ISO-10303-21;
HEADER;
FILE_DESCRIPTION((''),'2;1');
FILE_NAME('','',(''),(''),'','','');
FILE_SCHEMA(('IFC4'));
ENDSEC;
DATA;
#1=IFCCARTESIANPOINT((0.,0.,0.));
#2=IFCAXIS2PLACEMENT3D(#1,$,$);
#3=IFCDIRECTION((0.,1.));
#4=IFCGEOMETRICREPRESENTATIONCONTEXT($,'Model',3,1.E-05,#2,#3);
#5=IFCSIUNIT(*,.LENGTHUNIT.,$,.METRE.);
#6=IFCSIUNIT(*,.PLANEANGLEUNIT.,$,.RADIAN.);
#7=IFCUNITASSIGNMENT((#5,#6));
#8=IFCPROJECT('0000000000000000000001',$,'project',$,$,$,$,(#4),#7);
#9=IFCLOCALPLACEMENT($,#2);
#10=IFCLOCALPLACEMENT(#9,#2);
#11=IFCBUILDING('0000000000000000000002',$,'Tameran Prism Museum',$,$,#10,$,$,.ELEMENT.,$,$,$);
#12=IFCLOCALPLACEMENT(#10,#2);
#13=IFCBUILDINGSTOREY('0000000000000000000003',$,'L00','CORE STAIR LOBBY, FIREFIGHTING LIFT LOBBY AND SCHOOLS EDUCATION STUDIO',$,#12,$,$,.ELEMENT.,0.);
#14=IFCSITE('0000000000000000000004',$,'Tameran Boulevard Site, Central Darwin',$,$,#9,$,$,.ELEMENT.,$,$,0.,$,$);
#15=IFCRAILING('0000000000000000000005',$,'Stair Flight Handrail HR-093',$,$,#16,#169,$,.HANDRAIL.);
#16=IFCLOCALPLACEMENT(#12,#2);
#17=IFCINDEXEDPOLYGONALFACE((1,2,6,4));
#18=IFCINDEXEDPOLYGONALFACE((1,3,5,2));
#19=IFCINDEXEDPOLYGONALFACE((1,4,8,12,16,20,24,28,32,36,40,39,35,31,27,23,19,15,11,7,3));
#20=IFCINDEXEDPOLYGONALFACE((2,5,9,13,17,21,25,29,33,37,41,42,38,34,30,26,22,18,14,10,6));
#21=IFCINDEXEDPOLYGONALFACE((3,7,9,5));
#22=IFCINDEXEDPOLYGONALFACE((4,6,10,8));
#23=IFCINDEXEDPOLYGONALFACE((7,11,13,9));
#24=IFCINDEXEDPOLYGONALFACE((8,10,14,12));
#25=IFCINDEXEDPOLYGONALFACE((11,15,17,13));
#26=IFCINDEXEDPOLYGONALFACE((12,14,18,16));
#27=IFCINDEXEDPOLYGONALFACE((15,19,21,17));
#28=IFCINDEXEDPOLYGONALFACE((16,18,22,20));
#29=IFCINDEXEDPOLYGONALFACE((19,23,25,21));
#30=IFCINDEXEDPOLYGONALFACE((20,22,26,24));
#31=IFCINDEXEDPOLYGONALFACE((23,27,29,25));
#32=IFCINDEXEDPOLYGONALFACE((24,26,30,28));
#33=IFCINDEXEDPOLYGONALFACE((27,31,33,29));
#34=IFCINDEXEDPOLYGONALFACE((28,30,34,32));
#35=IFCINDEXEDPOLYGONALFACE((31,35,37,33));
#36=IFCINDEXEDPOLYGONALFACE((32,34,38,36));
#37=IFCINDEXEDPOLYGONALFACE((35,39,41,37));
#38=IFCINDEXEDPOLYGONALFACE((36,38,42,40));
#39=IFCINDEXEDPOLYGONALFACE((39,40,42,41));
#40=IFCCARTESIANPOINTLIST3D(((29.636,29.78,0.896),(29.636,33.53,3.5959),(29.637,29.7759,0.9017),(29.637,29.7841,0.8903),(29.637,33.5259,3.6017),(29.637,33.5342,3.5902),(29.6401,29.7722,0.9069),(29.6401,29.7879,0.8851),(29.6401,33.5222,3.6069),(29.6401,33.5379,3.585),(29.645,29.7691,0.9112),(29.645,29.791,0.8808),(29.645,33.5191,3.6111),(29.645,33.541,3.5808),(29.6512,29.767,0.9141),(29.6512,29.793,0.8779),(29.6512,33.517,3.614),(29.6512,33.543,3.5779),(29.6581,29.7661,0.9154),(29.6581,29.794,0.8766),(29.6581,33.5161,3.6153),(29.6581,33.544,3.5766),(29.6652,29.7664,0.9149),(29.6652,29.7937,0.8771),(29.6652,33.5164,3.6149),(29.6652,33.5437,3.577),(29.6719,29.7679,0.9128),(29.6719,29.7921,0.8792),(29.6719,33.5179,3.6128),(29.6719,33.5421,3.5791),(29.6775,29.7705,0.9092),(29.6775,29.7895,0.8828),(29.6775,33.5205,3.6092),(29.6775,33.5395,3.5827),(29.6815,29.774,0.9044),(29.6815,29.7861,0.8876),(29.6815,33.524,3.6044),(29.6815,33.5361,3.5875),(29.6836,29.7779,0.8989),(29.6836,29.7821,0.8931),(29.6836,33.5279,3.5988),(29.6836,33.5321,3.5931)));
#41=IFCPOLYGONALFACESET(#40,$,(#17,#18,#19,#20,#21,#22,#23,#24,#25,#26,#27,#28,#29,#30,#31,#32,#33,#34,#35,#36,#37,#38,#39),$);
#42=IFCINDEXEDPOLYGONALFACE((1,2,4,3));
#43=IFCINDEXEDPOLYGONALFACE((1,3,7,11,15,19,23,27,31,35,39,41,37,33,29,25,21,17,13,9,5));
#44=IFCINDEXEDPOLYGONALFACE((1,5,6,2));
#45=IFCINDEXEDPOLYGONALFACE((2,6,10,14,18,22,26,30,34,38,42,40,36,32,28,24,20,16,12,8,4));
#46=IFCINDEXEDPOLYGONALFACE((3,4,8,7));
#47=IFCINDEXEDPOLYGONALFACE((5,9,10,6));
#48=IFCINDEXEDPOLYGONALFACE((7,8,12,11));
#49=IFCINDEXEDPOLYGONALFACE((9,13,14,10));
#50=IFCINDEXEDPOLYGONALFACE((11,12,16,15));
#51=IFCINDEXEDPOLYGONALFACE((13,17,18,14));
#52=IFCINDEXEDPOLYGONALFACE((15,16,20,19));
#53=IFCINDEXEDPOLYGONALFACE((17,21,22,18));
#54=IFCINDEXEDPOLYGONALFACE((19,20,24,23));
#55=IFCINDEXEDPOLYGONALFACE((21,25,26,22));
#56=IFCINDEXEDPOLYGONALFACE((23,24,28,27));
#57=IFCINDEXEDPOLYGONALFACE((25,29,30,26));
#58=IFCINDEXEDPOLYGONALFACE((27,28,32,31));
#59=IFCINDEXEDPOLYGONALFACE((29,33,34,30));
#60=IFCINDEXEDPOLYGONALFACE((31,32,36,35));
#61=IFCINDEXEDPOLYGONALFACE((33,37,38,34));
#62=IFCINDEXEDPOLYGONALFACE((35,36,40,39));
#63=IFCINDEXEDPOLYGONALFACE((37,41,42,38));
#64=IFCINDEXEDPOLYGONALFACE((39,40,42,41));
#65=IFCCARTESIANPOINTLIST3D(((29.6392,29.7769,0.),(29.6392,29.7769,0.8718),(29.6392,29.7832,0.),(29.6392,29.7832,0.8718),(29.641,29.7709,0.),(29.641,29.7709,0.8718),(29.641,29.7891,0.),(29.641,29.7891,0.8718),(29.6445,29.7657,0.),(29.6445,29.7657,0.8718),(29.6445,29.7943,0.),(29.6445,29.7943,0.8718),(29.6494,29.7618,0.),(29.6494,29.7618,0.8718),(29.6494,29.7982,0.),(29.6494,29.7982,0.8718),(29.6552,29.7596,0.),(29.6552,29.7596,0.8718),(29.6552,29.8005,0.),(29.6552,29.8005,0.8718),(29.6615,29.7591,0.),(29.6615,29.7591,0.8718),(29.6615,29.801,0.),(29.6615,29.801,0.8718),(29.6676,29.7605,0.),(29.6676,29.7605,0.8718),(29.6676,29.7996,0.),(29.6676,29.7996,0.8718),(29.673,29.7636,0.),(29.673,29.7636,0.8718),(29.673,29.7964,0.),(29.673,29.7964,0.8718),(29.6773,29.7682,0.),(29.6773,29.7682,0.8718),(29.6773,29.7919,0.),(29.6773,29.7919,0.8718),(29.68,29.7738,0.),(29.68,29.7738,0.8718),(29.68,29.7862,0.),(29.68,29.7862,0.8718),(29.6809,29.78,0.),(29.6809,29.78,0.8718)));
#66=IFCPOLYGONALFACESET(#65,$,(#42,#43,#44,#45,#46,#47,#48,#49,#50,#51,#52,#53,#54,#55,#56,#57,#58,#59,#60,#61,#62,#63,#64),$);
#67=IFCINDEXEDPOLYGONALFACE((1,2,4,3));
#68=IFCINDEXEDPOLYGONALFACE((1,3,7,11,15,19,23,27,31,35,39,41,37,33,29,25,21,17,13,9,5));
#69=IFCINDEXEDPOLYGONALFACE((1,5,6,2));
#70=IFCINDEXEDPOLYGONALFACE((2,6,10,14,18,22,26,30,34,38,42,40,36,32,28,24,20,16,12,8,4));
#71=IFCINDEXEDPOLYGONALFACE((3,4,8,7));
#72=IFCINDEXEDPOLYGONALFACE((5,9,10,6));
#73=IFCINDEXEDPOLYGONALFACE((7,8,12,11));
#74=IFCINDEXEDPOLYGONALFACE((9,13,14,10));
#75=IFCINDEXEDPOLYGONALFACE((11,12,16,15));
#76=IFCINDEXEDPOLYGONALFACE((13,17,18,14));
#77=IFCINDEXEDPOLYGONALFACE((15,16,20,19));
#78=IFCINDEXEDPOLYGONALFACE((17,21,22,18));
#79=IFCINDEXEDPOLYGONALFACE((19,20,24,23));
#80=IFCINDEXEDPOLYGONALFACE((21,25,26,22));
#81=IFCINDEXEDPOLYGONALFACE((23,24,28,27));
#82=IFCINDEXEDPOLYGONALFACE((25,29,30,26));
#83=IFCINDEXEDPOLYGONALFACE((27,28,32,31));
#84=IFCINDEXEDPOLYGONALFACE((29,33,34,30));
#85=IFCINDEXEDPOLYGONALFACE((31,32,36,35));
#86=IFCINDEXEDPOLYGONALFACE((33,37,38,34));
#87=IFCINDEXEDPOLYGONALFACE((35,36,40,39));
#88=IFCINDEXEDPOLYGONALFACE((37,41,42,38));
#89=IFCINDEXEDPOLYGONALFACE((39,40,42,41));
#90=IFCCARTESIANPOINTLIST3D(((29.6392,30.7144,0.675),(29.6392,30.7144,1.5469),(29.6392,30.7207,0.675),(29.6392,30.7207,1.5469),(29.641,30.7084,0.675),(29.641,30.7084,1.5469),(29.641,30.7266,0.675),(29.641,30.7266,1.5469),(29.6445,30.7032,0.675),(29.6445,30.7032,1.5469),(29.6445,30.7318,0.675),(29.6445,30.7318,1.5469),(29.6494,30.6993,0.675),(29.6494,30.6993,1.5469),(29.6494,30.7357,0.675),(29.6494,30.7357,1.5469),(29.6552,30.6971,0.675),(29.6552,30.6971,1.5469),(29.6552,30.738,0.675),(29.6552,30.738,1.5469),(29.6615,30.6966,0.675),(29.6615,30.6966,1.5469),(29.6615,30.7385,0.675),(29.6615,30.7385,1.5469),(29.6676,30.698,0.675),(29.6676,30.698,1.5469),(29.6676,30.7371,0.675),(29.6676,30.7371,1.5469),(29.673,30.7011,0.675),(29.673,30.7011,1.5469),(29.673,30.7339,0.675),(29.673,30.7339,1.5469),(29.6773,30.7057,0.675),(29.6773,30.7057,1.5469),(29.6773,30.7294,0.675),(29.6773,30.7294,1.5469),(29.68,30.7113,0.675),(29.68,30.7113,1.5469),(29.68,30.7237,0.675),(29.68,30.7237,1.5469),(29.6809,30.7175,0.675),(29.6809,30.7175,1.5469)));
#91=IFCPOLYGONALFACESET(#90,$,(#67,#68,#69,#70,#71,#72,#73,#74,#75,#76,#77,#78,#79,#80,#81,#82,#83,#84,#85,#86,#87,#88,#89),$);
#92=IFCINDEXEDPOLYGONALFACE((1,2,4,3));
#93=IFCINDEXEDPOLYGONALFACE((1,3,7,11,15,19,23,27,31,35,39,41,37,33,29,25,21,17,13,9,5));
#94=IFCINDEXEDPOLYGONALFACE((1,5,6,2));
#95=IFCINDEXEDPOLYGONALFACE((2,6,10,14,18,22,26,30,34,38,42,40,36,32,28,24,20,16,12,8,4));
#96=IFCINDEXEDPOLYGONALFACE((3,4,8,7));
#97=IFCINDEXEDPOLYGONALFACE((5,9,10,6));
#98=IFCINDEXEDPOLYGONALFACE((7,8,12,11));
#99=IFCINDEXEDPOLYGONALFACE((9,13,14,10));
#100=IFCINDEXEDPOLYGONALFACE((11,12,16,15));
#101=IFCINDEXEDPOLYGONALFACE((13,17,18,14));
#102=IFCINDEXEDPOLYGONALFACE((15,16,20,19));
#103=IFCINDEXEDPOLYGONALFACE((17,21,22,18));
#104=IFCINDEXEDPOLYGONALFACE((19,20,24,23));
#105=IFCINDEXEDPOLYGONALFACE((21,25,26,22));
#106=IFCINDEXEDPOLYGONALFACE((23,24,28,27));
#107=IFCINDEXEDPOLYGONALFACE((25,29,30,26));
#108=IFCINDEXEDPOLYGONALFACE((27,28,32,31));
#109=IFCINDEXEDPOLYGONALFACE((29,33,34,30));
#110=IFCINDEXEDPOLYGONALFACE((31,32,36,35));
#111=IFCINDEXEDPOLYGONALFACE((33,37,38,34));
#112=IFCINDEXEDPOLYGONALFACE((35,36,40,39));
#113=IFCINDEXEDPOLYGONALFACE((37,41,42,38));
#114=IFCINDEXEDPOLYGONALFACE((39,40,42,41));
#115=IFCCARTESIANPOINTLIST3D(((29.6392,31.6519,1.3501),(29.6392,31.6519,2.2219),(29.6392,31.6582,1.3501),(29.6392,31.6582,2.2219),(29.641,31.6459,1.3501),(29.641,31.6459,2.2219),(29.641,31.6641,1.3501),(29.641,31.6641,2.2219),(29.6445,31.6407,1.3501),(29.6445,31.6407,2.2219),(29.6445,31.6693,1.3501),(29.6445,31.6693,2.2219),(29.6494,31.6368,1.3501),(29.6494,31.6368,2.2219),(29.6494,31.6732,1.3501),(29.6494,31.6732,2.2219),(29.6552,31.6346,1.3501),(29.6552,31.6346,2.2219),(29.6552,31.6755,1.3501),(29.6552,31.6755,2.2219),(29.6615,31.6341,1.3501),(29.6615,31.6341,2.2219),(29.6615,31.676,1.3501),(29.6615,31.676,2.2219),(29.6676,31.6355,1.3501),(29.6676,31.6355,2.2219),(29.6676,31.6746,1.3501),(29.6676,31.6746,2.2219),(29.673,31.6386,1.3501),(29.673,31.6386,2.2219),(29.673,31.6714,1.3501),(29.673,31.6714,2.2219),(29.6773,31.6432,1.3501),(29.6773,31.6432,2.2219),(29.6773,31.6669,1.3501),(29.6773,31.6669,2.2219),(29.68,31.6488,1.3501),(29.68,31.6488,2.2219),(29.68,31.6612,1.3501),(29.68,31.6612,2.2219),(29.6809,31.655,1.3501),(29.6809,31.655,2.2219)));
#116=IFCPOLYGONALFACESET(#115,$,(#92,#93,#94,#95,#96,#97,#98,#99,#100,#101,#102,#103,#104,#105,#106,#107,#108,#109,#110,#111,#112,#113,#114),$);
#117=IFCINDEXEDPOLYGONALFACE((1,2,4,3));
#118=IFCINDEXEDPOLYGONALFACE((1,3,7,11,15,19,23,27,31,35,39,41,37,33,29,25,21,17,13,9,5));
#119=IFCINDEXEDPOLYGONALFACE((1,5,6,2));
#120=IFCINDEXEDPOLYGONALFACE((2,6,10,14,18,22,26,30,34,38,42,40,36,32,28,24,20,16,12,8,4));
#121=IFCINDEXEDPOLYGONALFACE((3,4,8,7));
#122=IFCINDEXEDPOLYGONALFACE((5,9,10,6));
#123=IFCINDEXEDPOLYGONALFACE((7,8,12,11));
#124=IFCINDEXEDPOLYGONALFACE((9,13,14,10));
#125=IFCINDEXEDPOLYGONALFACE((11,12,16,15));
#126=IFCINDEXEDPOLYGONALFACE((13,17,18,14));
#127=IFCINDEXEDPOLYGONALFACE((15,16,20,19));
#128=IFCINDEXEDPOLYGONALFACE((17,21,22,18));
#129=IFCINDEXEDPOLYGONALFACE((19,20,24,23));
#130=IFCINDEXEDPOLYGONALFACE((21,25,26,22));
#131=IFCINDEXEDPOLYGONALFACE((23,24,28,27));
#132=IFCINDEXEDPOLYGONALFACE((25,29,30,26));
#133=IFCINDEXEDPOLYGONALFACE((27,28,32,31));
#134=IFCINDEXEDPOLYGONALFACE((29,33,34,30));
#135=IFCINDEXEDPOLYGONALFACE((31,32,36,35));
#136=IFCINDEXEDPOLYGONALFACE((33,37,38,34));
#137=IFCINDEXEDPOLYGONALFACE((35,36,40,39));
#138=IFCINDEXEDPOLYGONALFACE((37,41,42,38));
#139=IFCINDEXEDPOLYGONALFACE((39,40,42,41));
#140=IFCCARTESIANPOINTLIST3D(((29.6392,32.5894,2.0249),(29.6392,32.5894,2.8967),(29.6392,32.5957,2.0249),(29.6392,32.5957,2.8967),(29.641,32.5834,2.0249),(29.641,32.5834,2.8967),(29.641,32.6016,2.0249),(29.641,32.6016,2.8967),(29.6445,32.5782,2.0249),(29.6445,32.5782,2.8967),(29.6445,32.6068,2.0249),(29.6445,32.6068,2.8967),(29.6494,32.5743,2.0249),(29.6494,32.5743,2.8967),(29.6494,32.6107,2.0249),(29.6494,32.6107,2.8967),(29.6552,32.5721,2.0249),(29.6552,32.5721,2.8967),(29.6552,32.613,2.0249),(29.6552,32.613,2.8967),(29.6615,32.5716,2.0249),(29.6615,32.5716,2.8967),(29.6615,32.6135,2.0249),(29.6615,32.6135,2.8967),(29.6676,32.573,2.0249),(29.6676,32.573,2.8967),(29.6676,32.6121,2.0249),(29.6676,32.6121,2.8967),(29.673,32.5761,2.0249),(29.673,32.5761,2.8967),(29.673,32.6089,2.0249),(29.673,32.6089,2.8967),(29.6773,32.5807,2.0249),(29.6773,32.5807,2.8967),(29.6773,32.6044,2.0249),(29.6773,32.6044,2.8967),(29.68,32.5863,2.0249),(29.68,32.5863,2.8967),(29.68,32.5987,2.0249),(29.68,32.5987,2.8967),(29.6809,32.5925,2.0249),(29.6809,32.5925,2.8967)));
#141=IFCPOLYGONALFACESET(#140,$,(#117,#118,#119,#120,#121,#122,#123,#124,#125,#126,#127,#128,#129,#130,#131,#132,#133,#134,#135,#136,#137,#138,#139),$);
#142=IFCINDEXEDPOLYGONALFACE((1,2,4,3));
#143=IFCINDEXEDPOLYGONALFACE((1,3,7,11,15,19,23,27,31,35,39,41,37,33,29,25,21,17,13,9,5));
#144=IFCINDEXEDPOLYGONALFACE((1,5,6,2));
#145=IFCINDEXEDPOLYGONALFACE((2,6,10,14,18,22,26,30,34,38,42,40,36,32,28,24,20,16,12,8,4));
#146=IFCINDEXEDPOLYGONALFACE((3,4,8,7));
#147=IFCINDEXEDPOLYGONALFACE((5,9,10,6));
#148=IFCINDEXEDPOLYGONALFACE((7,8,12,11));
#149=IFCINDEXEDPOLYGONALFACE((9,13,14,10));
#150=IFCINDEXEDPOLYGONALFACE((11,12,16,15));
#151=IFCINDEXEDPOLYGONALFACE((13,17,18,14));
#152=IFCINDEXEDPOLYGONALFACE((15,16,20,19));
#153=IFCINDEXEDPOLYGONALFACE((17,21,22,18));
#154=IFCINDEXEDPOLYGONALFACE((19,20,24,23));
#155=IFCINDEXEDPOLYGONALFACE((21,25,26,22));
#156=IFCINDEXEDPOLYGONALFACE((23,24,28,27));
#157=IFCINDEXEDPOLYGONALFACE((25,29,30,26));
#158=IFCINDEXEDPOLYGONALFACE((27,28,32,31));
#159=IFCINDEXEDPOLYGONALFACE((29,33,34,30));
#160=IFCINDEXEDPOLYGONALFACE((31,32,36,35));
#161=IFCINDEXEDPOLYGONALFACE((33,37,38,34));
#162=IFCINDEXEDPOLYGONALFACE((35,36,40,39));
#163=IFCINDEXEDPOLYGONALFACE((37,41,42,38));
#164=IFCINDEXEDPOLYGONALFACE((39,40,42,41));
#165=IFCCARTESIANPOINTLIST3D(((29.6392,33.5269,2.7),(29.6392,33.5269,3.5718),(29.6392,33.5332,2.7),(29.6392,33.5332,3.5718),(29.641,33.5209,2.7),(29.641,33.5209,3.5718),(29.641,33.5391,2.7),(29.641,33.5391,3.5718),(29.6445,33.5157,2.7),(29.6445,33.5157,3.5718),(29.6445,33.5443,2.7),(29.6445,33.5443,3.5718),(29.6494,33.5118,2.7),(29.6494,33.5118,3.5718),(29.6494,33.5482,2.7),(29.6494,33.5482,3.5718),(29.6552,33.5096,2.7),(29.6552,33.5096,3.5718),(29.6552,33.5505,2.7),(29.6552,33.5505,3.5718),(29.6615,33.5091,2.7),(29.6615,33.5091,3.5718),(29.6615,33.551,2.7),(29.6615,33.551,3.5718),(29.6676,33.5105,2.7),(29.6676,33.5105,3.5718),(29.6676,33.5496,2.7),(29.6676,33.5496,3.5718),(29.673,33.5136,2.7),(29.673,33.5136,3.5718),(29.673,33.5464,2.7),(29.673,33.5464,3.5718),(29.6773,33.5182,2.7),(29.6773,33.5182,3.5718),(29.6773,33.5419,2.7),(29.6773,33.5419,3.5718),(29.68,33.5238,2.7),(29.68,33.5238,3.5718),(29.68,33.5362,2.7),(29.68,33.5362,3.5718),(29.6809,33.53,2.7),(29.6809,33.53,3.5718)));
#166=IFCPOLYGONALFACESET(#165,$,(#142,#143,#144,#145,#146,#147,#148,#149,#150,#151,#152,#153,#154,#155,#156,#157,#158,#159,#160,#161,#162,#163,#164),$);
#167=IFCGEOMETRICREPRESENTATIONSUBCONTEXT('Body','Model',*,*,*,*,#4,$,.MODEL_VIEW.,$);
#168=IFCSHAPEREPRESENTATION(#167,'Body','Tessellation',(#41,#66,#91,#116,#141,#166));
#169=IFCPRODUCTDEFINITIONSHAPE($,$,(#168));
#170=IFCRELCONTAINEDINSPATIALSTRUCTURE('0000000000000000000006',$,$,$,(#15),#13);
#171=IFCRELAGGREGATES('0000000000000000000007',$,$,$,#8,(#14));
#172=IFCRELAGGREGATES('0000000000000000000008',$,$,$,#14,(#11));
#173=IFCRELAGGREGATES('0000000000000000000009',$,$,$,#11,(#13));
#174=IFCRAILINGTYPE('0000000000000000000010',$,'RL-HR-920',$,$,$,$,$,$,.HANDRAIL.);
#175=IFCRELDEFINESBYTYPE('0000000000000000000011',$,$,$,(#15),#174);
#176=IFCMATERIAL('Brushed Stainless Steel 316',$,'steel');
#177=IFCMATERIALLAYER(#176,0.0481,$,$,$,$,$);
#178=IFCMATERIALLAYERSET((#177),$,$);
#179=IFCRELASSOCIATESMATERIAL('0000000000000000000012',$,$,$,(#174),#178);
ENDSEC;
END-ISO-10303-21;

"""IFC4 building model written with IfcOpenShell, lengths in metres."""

from ifc_helpers import new_model, si_unit, direction, frame, origin, origin_2d, place, context, subcontext, project, spatial, circle, extrude, material, layer, layer_set, type_object, element, save


model = new_model("IFC4")

# Units and contexts
model_context = context("Model", 3, precision=1e-05, world=origin(), true_north=direction((0.0, 1.0)))
body_context = subcontext(model_context, "Body", "Model", "MODEL_VIEW")
ifc_project = project(units=[si_unit("LENGTHUNIT", "METRE"), si_unit("PLANEANGLEUNIT", "RADIAN")], contexts=[model_context])

# Site, building, storey
site_placement = place(None, origin())
site = spatial("IfcSite", under=ifc_project, at=site_placement, Name="Tameran Boulevard Site, Central Darwin", CompositionType="ELEMENT", RefElevation=0.0)
building_placement = place(site_placement, origin())
building = spatial("IfcBuilding", under=site, at=building_placement, Name="Tameran Prism Museum", CompositionType="ELEMENT")
storey_placement = place(building_placement, origin())
storey = spatial("IfcBuildingStorey", under=building, at=storey_placement, Name="L00", Description="CORE STAIR LOBBY, FIREFIGHTING LIFT LOBBY AND SCHOOLS EDUCATION STUDIO", CompositionType="ELEMENT", Elevation=0.0)

# Railing
ifc_material_1 = material(Name="Brushed Stainless Steel 316", Category="steel")
ifc_layer_1 = layer(ifc_material_1, 0.0481)
ifc_layer_set_1 = layer_set([ifc_layer_1])
railing_type_1 = type_object("IfcRailingType", Name="RL-HR-920", PredefinedType="HANDRAIL", material=ifc_layer_set_1)
railing_1_placement = place(storey_placement, frame((29.6599, 29.78, 0.0)))
element("IfcRailing", 1, at=railing_1_placement, inside=storey, type_object=railing_type_1, Name="Stair Flight Handrail HR-093", PredefinedType="HANDRAIL", context=body_context, shape_type="SweptSolid", body=[
    extrude(circle(Radius=0.0239, at=origin_2d()), frame((0.0, 0.0, 0.896), z_axis=(0.0, 0.811539, 0.584298), x_axis=(-1.0, 0.0, 0.0)), (0.0, 0.0, 1.0), 4.6208),
    extrude(circle(Radius=0.021, at=origin_2d()), origin(), (0.0, 0.0, 1.0), 0.8718),
    extrude(circle(Radius=0.021, at=origin_2d()), frame((0.0, 0.9375, 0.675)), (0.0, 0.0, 1.0), 0.8718),
    extrude(circle(Radius=0.021, at=origin_2d()), frame((0.0, 1.875, 1.3501)), (0.0, 0.0, 1.0), 0.8718),
    extrude(circle(Radius=0.021, at=origin_2d()), frame((0.0, 2.8125, 2.0249)), (0.0, 0.0, 1.0), 0.8718),
    extrude(circle(Radius=0.021, at=origin_2d()), frame((0.0, 3.75, 2.7)), (0.0, 0.0, 1.0), 0.8718),
])

save(model, "model.ifc")
